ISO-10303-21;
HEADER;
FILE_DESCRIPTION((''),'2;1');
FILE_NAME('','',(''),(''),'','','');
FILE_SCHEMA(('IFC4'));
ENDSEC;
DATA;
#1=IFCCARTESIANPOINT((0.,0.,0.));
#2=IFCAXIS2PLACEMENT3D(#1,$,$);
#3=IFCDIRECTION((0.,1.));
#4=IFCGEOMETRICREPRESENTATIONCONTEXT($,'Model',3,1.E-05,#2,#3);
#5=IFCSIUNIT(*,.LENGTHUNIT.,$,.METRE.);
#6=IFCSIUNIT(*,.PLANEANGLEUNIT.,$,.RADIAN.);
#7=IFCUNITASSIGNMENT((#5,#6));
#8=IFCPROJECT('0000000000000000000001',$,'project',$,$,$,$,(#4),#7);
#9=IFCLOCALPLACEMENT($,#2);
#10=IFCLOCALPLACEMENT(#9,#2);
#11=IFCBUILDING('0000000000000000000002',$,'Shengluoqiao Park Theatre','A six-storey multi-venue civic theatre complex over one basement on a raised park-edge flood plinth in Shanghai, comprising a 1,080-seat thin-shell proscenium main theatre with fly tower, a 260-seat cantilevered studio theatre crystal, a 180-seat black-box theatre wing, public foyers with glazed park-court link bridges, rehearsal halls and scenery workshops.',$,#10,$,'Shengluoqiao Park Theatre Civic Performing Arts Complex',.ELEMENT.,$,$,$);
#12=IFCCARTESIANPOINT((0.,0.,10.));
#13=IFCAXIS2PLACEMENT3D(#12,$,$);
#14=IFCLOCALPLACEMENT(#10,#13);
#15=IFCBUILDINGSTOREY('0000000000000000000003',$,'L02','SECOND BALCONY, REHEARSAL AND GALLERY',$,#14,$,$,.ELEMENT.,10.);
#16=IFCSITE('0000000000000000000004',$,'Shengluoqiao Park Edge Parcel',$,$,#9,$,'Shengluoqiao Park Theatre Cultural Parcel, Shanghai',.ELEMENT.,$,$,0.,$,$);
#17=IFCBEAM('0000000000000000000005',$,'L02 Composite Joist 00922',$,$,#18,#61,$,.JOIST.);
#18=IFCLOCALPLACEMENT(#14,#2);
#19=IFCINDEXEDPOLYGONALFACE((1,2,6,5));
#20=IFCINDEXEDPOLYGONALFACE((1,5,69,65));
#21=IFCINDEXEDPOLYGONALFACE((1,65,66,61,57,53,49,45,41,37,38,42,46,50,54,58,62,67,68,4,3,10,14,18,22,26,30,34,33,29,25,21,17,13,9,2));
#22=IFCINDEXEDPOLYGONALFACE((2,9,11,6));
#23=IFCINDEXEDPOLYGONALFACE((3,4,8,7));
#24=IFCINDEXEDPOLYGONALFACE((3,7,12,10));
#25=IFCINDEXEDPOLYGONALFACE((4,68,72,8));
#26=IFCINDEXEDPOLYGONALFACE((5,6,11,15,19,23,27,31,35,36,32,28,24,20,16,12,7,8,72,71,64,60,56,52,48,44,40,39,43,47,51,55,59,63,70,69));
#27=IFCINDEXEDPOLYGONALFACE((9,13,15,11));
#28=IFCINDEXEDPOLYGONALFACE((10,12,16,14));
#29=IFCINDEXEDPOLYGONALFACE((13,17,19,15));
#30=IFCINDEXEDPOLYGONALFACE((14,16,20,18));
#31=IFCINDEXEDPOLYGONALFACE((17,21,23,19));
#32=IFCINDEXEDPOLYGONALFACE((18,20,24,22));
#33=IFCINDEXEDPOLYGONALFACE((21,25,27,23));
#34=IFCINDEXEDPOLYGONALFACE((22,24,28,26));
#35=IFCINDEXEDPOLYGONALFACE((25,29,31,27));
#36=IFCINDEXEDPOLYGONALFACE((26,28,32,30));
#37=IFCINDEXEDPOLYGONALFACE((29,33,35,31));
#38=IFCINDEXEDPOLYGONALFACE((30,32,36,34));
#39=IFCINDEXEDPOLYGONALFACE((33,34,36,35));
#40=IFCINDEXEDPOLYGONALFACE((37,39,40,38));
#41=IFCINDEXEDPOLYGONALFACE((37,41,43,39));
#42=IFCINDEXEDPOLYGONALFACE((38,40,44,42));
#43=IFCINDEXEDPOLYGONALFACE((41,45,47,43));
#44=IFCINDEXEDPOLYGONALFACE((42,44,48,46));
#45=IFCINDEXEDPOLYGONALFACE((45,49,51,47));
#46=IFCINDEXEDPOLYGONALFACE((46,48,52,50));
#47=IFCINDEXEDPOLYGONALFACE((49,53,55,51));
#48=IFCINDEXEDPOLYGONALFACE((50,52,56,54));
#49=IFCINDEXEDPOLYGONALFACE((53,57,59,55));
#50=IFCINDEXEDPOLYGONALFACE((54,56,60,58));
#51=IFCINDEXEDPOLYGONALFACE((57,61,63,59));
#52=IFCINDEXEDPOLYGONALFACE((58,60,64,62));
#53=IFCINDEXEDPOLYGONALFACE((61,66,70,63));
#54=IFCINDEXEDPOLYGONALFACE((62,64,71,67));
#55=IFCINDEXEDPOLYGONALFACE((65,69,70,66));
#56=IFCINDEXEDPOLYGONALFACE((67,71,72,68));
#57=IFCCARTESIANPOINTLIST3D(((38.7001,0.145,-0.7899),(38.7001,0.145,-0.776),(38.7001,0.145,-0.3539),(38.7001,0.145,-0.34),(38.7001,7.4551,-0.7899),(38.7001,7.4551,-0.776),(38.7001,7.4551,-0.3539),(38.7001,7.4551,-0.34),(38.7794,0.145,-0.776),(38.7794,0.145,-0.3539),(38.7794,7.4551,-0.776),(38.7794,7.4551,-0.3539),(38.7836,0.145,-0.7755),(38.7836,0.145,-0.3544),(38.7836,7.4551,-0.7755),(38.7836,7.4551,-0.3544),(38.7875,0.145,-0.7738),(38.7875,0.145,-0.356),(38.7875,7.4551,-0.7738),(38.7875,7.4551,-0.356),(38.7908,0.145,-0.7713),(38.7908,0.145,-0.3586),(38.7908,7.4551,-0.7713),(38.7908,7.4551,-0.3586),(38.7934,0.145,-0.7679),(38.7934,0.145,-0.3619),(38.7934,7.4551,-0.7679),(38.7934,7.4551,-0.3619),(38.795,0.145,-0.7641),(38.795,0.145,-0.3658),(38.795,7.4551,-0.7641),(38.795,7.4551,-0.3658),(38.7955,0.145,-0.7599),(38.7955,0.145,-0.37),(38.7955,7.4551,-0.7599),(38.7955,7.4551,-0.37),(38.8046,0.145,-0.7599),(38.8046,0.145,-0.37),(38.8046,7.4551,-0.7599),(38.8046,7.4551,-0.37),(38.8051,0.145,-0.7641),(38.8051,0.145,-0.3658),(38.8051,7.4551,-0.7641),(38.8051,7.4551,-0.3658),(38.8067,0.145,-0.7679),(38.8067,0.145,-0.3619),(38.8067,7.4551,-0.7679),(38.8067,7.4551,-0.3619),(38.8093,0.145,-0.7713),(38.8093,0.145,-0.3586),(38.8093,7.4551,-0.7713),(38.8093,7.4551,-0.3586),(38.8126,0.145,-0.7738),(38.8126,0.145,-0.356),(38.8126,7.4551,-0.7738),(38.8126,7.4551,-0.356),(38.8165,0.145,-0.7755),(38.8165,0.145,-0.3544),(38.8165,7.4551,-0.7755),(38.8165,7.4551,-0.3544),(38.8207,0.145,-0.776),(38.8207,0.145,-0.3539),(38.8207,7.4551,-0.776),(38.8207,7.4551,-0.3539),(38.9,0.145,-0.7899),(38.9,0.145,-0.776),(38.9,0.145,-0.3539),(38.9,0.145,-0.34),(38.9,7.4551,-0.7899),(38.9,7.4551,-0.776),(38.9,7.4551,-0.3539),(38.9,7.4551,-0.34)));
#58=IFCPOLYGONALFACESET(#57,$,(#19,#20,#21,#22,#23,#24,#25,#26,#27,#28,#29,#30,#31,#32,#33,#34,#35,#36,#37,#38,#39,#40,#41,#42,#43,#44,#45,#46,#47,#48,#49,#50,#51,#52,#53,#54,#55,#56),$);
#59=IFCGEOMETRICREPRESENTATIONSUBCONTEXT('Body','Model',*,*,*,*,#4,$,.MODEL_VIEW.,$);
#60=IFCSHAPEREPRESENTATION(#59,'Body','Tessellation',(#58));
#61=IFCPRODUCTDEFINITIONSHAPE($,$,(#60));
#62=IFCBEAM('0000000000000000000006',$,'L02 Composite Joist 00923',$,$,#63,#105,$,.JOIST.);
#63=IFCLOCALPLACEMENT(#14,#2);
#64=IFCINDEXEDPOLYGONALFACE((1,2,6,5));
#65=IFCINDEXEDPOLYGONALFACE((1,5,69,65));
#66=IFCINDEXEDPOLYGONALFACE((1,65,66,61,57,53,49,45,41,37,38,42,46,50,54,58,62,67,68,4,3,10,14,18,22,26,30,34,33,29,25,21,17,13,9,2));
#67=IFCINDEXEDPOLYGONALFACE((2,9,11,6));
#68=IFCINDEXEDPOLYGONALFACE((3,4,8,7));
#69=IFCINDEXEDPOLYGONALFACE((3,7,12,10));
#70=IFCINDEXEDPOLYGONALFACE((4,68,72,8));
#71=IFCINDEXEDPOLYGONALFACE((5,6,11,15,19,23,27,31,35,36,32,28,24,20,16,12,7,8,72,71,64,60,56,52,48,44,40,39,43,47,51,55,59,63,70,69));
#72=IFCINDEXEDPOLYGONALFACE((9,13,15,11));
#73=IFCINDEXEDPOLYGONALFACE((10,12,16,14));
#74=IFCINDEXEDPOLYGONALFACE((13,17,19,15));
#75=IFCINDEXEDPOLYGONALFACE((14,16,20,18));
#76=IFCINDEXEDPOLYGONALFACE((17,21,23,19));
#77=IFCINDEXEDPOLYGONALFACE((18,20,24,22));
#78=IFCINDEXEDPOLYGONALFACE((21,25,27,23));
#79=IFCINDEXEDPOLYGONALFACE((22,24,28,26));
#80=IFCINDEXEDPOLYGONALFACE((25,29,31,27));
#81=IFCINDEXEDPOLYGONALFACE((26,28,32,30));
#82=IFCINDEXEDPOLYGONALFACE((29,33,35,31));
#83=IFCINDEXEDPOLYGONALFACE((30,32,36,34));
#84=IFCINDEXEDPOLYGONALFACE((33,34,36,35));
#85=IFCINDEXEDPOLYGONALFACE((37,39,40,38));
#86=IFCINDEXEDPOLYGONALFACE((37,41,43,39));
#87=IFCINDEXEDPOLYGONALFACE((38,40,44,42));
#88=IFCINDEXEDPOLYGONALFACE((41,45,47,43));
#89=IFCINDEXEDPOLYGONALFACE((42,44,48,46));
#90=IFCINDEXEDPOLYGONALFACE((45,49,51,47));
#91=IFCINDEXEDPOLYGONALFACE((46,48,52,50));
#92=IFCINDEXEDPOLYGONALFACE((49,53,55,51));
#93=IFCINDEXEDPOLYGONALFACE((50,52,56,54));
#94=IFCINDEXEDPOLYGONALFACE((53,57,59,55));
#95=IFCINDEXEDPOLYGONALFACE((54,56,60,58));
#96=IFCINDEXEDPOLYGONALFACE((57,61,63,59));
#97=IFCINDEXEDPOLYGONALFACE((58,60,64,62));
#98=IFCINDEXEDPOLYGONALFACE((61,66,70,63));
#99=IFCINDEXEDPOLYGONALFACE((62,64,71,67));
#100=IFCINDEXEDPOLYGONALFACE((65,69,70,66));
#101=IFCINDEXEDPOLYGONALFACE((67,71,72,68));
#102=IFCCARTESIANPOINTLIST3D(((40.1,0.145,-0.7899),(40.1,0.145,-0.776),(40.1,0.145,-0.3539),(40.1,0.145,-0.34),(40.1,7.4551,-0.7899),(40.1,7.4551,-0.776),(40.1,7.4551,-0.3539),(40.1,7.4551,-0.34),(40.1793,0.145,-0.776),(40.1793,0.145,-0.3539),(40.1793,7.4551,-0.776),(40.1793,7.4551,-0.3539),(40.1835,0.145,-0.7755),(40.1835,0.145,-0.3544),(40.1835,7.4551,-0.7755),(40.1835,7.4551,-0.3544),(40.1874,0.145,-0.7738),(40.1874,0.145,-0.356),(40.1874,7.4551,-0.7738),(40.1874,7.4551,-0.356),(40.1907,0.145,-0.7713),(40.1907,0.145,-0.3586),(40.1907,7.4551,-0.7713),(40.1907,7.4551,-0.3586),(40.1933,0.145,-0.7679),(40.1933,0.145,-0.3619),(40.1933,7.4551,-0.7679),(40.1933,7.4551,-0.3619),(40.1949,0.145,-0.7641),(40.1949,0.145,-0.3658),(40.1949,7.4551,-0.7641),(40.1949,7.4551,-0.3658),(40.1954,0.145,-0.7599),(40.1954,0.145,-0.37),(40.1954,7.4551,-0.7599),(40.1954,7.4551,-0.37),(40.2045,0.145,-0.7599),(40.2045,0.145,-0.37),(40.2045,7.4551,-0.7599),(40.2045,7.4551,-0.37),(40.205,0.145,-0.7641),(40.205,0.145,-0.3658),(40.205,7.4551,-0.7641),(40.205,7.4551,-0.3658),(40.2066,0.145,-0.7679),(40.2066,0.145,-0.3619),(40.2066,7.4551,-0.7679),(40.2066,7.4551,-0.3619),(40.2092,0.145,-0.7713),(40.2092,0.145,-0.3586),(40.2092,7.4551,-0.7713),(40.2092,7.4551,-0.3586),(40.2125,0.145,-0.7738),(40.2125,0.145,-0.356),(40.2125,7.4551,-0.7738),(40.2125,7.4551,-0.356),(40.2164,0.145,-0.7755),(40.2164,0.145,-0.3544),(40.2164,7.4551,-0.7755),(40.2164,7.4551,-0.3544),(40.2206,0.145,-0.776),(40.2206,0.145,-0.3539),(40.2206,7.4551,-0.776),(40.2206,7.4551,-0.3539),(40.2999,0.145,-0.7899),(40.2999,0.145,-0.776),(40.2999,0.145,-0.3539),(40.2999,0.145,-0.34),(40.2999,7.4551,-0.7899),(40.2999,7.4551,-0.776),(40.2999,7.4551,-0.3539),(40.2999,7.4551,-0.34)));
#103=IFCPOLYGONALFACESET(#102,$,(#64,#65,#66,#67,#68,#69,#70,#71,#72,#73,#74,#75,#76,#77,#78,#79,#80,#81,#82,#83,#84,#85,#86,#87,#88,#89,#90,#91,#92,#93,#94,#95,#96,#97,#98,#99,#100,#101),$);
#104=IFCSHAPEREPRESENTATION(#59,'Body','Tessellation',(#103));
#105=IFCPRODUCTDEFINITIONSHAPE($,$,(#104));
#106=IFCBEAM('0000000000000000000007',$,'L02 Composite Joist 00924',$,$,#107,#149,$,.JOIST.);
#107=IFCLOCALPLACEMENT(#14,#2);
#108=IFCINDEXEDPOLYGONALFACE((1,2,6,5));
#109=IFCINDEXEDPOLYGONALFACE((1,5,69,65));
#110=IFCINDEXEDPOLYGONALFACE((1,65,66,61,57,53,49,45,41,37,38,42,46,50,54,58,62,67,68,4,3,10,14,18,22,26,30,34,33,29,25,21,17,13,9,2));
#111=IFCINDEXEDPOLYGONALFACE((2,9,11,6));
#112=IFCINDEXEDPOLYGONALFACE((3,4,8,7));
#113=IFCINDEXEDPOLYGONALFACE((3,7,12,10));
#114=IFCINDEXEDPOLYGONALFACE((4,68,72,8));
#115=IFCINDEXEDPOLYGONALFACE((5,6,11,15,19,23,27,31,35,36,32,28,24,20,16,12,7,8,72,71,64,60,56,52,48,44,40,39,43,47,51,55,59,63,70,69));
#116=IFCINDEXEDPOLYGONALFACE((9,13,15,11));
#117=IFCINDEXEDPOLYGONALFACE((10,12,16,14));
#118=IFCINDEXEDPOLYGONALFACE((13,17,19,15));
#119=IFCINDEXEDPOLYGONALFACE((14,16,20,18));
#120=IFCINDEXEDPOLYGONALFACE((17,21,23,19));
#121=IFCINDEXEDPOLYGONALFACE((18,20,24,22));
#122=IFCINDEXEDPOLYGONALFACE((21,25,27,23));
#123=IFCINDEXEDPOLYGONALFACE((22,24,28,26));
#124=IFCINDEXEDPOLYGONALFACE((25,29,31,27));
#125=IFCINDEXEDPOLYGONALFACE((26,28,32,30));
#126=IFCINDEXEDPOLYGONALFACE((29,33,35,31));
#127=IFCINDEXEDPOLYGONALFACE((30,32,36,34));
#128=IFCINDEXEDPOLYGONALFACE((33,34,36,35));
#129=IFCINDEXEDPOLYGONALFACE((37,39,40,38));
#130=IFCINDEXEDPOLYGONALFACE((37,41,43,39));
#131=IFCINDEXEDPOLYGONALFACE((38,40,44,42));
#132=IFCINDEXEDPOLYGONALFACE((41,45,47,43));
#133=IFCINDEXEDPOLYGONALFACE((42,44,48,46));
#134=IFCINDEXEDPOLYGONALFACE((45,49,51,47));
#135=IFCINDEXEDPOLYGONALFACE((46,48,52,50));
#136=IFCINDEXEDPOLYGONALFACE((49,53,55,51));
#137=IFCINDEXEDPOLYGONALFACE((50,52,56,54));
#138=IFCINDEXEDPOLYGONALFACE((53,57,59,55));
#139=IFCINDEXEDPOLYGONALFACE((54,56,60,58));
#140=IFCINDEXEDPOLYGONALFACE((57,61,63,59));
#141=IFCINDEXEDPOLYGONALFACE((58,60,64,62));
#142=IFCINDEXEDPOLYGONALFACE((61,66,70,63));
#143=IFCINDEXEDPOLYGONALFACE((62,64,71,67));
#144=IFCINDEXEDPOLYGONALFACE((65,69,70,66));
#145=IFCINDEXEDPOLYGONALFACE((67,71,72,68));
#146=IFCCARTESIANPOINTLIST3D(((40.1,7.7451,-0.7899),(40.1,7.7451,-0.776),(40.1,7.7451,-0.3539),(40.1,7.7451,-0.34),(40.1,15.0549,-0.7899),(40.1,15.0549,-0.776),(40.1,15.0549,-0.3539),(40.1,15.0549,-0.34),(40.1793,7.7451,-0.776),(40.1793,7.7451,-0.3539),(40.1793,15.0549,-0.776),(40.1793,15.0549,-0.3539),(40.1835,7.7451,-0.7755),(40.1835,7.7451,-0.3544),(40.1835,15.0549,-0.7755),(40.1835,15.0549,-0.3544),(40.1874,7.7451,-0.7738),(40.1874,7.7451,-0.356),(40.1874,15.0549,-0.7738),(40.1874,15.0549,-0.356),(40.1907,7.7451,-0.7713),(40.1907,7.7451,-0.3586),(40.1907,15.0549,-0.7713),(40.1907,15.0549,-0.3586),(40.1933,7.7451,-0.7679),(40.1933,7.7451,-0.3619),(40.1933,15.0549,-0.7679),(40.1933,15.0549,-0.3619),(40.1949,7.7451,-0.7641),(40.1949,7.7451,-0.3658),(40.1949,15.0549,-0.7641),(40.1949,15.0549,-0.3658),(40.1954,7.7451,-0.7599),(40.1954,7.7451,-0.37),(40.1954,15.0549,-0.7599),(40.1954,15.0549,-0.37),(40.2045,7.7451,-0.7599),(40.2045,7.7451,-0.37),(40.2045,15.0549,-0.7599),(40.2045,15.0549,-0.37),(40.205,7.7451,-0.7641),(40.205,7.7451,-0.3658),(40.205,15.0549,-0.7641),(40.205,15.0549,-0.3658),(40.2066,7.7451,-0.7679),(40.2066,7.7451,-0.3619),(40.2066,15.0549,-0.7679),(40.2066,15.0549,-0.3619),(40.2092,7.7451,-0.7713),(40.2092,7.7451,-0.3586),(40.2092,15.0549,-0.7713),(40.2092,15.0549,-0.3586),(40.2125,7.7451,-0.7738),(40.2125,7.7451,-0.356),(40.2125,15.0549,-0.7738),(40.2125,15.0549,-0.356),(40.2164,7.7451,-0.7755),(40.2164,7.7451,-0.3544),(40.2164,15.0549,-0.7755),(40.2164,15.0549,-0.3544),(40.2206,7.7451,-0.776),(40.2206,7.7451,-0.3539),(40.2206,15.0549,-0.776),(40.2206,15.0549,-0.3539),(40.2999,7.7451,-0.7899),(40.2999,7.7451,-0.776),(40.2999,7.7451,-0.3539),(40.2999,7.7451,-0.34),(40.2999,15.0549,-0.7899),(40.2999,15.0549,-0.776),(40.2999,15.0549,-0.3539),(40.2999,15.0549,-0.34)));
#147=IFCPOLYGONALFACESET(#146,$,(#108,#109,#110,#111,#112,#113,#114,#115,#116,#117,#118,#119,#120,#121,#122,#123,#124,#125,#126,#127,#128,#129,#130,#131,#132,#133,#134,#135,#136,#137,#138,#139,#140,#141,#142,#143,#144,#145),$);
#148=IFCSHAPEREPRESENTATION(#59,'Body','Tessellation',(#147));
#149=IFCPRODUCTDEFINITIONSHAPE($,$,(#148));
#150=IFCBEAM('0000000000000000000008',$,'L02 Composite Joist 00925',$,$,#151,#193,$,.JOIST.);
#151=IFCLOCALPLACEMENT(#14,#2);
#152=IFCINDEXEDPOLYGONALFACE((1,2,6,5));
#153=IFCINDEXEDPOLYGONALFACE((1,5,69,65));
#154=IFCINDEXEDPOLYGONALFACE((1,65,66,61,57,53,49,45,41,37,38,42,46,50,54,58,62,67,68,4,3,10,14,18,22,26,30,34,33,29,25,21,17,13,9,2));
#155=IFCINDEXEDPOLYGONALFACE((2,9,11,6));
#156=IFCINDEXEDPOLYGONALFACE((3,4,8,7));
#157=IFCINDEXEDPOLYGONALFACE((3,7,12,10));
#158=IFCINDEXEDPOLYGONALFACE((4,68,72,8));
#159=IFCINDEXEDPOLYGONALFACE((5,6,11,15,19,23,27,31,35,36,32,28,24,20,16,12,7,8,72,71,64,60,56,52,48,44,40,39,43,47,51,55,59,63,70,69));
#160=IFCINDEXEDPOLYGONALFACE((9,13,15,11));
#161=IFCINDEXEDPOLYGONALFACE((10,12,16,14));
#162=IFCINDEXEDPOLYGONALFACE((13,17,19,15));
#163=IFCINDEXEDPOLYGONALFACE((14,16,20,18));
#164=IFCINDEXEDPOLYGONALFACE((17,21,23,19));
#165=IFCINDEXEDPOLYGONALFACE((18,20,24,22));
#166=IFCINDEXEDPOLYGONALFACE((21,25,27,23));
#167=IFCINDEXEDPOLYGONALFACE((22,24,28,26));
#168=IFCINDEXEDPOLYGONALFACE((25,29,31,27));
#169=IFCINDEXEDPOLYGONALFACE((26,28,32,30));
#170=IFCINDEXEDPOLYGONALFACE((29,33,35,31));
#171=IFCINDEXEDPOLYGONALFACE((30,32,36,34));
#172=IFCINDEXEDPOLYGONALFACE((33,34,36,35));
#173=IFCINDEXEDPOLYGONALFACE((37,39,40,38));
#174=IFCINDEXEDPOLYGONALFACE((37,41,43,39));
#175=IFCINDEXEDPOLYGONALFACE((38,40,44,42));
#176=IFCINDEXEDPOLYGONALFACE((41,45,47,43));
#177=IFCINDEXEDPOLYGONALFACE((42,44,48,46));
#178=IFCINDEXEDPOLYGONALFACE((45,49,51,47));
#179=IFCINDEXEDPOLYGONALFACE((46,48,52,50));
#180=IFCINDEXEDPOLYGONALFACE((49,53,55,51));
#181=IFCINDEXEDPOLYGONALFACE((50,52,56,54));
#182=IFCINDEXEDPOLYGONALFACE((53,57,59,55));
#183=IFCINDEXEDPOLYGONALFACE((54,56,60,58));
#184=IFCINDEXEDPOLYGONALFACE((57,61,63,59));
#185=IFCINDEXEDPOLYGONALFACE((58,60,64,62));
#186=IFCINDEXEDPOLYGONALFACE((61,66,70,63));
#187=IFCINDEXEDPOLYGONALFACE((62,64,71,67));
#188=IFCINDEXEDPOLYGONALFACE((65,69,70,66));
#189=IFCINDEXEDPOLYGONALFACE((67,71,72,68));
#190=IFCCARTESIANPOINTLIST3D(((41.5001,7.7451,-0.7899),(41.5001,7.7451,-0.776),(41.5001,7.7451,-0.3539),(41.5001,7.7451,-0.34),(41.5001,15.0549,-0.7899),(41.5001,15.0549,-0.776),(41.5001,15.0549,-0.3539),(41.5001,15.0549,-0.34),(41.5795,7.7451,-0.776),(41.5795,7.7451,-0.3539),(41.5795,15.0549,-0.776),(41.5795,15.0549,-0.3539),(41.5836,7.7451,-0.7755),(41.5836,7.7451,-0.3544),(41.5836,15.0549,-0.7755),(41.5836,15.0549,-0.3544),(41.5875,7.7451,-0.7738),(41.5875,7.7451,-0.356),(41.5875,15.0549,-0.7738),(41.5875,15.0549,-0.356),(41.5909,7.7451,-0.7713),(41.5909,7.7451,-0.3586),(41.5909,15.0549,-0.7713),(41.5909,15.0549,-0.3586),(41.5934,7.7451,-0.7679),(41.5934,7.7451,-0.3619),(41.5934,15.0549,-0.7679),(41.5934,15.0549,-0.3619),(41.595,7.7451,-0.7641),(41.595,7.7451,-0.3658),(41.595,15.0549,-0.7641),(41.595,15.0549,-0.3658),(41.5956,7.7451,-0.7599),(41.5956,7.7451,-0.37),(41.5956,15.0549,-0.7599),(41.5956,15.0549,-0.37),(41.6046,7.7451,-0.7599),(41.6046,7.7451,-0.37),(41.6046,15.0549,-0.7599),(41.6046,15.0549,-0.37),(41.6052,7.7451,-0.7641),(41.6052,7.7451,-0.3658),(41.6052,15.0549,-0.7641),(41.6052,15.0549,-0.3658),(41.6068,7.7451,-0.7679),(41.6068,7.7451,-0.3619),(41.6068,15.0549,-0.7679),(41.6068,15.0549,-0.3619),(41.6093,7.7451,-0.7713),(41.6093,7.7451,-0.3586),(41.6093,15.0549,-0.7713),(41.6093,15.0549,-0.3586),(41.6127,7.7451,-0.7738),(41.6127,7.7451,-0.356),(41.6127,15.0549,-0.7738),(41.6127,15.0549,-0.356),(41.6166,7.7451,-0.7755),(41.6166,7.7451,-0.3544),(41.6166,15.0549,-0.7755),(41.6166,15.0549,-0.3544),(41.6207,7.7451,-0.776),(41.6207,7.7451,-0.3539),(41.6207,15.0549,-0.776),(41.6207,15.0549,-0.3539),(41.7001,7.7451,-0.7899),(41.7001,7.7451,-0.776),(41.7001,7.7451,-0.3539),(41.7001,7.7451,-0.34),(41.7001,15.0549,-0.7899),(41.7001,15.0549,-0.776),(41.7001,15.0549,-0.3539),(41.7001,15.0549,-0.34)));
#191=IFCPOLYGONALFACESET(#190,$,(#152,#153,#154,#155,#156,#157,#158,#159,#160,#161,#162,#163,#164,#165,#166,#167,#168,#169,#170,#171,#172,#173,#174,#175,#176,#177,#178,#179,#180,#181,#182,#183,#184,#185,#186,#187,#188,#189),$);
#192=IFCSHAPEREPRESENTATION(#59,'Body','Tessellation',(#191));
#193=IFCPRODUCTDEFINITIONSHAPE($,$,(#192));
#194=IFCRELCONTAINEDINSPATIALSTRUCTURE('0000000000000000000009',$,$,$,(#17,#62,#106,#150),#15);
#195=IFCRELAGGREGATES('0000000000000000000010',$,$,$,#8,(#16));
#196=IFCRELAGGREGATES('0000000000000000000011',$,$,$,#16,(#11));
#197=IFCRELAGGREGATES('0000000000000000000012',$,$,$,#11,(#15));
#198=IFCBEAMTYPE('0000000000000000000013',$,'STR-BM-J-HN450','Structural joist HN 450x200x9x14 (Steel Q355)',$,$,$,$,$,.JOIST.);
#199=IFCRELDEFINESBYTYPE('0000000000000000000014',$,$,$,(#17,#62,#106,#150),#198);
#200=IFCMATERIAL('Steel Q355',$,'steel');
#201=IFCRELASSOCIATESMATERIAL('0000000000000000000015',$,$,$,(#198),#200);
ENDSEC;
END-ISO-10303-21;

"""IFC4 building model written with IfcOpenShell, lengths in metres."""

from ifc_helpers import new_model, si_unit, direction, frame, origin, origin_2d, place, context, subcontext, project, spatial, i_section, extrude, material, material_profile, profile_set, type_object, element, save


model = new_model("IFC4")

# Units and contexts
model_context = context("Model", 3, precision=1e-05, world=origin(), true_north=direction((0.0, 1.0)))
body_context = subcontext(model_context, "Body", "Model", "MODEL_VIEW")
ifc_project = project(units=[si_unit("LENGTHUNIT", "METRE"), si_unit("PLANEANGLEUNIT", "RADIAN")], contexts=[model_context])

# Site, building, storey
site_placement = place(None, origin())
site = spatial("IfcSite", under=ifc_project, at=site_placement, Name="Shengluoqiao Park Edge Parcel", LongName="Shengluoqiao Park Theatre Cultural Parcel, Shanghai", CompositionType="ELEMENT", RefElevation=0.0)
building_placement = place(site_placement, origin())
building = spatial("IfcBuilding", under=site, at=building_placement, Name="Shengluoqiao Park Theatre", Description="A six-storey multi-venue civic theatre complex over one basement on a raised park-edge flood plinth in Shanghai, comprising a 1,080-seat thin-shell proscenium main theatre with fly tower, a 260-seat cantilevered studio theatre crystal, a 180-seat black-box theatre wing, public foyers with glazed park-court link bridges, rehearsal halls and scenery workshops.", LongName="Shengluoqiao Park Theatre Civic Performing Arts Complex", CompositionType="ELEMENT")
storey_placement = place(building_placement, frame((0.0, 0.0, 10.0)))
storey = spatial("IfcBuildingStorey", under=building, at=storey_placement, Name="L02", Description="SECOND BALCONY, REHEARSAL AND GALLERY", CompositionType="ELEMENT", Elevation=10.0)

# Shared definitions
ifc_material_1 = material(Name="Steel Q355", Category="steel")

# Beams
ifc_material_profile_1 = material_profile(ifc_material_1, i_section(OverallWidth=0.2, OverallDepth=0.45, WebThickness=0.009, FlangeThickness=0.0139, FilletRadius=0.0161, at=origin_2d()), Name="HN 450x200x9x14")
ifc_profile_set_1 = profile_set([ifc_material_profile_1], Name="Steel Q355")
beam_type_1 = type_object("IfcBeamType", Name="STR-BM-J-HN450", Description="Structural joist HN 450x200x9x14 (Steel Q355)", PredefinedType="JOIST", material=ifc_profile_set_1)
for number, where, z_axis, x_axis, name in (
    (1, (38.8, 0.145, -0.5649), (0.0, 1.0, 0.0), (-1.0, 0.0, 0.0), "L02 Composite Joist 00922"),
    (2, (40.2, 0.145, -0.5649), (0.0, 1.0, 0.0), (-1.0, 0.0, 0.0), "L02 Composite Joist 00923"),
):
    element("IfcBeam", number, at=place(storey_placement, frame(where, z_axis=z_axis, x_axis=x_axis)), inside=storey, type_object=beam_type_1, Name=name, PredefinedType="JOIST", context=body_context, shape_type="SweptSolid", body=[
        extrude(i_section(OverallWidth=0.2, OverallDepth=0.45, WebThickness=0.009, FlangeThickness=0.0139, FilletRadius=0.0161, at=origin_2d()), origin(), (0.0, 0.0, 1.0), 7.3101),
    ])
for number, where, z_axis, x_axis, name in (
    (3, (40.2, 7.7451, -0.5649), (0.0, 1.0, 0.0), (-1.0, 0.0, 0.0), "L02 Composite Joist 00924"),
    (4, (41.6001, 7.7451, -0.5649), (0.0, 1.0, 0.0), (-1.0, 0.0, 0.0), "L02 Composite Joist 00925"),
):
    element("IfcBeam", number, at=place(storey_placement, frame(where, z_axis=z_axis, x_axis=x_axis)), inside=storey, type_object=beam_type_1, Name=name, PredefinedType="JOIST", context=body_context, shape_type="SweptSolid", body=[
        extrude(i_section(OverallWidth=0.2, OverallDepth=0.45, WebThickness=0.009, FlangeThickness=0.0139, FilletRadius=0.0161, at=origin_2d()), origin(), (0.0, 0.0, 1.0), 7.3098),
    ])

save(model, "model.ifc")
